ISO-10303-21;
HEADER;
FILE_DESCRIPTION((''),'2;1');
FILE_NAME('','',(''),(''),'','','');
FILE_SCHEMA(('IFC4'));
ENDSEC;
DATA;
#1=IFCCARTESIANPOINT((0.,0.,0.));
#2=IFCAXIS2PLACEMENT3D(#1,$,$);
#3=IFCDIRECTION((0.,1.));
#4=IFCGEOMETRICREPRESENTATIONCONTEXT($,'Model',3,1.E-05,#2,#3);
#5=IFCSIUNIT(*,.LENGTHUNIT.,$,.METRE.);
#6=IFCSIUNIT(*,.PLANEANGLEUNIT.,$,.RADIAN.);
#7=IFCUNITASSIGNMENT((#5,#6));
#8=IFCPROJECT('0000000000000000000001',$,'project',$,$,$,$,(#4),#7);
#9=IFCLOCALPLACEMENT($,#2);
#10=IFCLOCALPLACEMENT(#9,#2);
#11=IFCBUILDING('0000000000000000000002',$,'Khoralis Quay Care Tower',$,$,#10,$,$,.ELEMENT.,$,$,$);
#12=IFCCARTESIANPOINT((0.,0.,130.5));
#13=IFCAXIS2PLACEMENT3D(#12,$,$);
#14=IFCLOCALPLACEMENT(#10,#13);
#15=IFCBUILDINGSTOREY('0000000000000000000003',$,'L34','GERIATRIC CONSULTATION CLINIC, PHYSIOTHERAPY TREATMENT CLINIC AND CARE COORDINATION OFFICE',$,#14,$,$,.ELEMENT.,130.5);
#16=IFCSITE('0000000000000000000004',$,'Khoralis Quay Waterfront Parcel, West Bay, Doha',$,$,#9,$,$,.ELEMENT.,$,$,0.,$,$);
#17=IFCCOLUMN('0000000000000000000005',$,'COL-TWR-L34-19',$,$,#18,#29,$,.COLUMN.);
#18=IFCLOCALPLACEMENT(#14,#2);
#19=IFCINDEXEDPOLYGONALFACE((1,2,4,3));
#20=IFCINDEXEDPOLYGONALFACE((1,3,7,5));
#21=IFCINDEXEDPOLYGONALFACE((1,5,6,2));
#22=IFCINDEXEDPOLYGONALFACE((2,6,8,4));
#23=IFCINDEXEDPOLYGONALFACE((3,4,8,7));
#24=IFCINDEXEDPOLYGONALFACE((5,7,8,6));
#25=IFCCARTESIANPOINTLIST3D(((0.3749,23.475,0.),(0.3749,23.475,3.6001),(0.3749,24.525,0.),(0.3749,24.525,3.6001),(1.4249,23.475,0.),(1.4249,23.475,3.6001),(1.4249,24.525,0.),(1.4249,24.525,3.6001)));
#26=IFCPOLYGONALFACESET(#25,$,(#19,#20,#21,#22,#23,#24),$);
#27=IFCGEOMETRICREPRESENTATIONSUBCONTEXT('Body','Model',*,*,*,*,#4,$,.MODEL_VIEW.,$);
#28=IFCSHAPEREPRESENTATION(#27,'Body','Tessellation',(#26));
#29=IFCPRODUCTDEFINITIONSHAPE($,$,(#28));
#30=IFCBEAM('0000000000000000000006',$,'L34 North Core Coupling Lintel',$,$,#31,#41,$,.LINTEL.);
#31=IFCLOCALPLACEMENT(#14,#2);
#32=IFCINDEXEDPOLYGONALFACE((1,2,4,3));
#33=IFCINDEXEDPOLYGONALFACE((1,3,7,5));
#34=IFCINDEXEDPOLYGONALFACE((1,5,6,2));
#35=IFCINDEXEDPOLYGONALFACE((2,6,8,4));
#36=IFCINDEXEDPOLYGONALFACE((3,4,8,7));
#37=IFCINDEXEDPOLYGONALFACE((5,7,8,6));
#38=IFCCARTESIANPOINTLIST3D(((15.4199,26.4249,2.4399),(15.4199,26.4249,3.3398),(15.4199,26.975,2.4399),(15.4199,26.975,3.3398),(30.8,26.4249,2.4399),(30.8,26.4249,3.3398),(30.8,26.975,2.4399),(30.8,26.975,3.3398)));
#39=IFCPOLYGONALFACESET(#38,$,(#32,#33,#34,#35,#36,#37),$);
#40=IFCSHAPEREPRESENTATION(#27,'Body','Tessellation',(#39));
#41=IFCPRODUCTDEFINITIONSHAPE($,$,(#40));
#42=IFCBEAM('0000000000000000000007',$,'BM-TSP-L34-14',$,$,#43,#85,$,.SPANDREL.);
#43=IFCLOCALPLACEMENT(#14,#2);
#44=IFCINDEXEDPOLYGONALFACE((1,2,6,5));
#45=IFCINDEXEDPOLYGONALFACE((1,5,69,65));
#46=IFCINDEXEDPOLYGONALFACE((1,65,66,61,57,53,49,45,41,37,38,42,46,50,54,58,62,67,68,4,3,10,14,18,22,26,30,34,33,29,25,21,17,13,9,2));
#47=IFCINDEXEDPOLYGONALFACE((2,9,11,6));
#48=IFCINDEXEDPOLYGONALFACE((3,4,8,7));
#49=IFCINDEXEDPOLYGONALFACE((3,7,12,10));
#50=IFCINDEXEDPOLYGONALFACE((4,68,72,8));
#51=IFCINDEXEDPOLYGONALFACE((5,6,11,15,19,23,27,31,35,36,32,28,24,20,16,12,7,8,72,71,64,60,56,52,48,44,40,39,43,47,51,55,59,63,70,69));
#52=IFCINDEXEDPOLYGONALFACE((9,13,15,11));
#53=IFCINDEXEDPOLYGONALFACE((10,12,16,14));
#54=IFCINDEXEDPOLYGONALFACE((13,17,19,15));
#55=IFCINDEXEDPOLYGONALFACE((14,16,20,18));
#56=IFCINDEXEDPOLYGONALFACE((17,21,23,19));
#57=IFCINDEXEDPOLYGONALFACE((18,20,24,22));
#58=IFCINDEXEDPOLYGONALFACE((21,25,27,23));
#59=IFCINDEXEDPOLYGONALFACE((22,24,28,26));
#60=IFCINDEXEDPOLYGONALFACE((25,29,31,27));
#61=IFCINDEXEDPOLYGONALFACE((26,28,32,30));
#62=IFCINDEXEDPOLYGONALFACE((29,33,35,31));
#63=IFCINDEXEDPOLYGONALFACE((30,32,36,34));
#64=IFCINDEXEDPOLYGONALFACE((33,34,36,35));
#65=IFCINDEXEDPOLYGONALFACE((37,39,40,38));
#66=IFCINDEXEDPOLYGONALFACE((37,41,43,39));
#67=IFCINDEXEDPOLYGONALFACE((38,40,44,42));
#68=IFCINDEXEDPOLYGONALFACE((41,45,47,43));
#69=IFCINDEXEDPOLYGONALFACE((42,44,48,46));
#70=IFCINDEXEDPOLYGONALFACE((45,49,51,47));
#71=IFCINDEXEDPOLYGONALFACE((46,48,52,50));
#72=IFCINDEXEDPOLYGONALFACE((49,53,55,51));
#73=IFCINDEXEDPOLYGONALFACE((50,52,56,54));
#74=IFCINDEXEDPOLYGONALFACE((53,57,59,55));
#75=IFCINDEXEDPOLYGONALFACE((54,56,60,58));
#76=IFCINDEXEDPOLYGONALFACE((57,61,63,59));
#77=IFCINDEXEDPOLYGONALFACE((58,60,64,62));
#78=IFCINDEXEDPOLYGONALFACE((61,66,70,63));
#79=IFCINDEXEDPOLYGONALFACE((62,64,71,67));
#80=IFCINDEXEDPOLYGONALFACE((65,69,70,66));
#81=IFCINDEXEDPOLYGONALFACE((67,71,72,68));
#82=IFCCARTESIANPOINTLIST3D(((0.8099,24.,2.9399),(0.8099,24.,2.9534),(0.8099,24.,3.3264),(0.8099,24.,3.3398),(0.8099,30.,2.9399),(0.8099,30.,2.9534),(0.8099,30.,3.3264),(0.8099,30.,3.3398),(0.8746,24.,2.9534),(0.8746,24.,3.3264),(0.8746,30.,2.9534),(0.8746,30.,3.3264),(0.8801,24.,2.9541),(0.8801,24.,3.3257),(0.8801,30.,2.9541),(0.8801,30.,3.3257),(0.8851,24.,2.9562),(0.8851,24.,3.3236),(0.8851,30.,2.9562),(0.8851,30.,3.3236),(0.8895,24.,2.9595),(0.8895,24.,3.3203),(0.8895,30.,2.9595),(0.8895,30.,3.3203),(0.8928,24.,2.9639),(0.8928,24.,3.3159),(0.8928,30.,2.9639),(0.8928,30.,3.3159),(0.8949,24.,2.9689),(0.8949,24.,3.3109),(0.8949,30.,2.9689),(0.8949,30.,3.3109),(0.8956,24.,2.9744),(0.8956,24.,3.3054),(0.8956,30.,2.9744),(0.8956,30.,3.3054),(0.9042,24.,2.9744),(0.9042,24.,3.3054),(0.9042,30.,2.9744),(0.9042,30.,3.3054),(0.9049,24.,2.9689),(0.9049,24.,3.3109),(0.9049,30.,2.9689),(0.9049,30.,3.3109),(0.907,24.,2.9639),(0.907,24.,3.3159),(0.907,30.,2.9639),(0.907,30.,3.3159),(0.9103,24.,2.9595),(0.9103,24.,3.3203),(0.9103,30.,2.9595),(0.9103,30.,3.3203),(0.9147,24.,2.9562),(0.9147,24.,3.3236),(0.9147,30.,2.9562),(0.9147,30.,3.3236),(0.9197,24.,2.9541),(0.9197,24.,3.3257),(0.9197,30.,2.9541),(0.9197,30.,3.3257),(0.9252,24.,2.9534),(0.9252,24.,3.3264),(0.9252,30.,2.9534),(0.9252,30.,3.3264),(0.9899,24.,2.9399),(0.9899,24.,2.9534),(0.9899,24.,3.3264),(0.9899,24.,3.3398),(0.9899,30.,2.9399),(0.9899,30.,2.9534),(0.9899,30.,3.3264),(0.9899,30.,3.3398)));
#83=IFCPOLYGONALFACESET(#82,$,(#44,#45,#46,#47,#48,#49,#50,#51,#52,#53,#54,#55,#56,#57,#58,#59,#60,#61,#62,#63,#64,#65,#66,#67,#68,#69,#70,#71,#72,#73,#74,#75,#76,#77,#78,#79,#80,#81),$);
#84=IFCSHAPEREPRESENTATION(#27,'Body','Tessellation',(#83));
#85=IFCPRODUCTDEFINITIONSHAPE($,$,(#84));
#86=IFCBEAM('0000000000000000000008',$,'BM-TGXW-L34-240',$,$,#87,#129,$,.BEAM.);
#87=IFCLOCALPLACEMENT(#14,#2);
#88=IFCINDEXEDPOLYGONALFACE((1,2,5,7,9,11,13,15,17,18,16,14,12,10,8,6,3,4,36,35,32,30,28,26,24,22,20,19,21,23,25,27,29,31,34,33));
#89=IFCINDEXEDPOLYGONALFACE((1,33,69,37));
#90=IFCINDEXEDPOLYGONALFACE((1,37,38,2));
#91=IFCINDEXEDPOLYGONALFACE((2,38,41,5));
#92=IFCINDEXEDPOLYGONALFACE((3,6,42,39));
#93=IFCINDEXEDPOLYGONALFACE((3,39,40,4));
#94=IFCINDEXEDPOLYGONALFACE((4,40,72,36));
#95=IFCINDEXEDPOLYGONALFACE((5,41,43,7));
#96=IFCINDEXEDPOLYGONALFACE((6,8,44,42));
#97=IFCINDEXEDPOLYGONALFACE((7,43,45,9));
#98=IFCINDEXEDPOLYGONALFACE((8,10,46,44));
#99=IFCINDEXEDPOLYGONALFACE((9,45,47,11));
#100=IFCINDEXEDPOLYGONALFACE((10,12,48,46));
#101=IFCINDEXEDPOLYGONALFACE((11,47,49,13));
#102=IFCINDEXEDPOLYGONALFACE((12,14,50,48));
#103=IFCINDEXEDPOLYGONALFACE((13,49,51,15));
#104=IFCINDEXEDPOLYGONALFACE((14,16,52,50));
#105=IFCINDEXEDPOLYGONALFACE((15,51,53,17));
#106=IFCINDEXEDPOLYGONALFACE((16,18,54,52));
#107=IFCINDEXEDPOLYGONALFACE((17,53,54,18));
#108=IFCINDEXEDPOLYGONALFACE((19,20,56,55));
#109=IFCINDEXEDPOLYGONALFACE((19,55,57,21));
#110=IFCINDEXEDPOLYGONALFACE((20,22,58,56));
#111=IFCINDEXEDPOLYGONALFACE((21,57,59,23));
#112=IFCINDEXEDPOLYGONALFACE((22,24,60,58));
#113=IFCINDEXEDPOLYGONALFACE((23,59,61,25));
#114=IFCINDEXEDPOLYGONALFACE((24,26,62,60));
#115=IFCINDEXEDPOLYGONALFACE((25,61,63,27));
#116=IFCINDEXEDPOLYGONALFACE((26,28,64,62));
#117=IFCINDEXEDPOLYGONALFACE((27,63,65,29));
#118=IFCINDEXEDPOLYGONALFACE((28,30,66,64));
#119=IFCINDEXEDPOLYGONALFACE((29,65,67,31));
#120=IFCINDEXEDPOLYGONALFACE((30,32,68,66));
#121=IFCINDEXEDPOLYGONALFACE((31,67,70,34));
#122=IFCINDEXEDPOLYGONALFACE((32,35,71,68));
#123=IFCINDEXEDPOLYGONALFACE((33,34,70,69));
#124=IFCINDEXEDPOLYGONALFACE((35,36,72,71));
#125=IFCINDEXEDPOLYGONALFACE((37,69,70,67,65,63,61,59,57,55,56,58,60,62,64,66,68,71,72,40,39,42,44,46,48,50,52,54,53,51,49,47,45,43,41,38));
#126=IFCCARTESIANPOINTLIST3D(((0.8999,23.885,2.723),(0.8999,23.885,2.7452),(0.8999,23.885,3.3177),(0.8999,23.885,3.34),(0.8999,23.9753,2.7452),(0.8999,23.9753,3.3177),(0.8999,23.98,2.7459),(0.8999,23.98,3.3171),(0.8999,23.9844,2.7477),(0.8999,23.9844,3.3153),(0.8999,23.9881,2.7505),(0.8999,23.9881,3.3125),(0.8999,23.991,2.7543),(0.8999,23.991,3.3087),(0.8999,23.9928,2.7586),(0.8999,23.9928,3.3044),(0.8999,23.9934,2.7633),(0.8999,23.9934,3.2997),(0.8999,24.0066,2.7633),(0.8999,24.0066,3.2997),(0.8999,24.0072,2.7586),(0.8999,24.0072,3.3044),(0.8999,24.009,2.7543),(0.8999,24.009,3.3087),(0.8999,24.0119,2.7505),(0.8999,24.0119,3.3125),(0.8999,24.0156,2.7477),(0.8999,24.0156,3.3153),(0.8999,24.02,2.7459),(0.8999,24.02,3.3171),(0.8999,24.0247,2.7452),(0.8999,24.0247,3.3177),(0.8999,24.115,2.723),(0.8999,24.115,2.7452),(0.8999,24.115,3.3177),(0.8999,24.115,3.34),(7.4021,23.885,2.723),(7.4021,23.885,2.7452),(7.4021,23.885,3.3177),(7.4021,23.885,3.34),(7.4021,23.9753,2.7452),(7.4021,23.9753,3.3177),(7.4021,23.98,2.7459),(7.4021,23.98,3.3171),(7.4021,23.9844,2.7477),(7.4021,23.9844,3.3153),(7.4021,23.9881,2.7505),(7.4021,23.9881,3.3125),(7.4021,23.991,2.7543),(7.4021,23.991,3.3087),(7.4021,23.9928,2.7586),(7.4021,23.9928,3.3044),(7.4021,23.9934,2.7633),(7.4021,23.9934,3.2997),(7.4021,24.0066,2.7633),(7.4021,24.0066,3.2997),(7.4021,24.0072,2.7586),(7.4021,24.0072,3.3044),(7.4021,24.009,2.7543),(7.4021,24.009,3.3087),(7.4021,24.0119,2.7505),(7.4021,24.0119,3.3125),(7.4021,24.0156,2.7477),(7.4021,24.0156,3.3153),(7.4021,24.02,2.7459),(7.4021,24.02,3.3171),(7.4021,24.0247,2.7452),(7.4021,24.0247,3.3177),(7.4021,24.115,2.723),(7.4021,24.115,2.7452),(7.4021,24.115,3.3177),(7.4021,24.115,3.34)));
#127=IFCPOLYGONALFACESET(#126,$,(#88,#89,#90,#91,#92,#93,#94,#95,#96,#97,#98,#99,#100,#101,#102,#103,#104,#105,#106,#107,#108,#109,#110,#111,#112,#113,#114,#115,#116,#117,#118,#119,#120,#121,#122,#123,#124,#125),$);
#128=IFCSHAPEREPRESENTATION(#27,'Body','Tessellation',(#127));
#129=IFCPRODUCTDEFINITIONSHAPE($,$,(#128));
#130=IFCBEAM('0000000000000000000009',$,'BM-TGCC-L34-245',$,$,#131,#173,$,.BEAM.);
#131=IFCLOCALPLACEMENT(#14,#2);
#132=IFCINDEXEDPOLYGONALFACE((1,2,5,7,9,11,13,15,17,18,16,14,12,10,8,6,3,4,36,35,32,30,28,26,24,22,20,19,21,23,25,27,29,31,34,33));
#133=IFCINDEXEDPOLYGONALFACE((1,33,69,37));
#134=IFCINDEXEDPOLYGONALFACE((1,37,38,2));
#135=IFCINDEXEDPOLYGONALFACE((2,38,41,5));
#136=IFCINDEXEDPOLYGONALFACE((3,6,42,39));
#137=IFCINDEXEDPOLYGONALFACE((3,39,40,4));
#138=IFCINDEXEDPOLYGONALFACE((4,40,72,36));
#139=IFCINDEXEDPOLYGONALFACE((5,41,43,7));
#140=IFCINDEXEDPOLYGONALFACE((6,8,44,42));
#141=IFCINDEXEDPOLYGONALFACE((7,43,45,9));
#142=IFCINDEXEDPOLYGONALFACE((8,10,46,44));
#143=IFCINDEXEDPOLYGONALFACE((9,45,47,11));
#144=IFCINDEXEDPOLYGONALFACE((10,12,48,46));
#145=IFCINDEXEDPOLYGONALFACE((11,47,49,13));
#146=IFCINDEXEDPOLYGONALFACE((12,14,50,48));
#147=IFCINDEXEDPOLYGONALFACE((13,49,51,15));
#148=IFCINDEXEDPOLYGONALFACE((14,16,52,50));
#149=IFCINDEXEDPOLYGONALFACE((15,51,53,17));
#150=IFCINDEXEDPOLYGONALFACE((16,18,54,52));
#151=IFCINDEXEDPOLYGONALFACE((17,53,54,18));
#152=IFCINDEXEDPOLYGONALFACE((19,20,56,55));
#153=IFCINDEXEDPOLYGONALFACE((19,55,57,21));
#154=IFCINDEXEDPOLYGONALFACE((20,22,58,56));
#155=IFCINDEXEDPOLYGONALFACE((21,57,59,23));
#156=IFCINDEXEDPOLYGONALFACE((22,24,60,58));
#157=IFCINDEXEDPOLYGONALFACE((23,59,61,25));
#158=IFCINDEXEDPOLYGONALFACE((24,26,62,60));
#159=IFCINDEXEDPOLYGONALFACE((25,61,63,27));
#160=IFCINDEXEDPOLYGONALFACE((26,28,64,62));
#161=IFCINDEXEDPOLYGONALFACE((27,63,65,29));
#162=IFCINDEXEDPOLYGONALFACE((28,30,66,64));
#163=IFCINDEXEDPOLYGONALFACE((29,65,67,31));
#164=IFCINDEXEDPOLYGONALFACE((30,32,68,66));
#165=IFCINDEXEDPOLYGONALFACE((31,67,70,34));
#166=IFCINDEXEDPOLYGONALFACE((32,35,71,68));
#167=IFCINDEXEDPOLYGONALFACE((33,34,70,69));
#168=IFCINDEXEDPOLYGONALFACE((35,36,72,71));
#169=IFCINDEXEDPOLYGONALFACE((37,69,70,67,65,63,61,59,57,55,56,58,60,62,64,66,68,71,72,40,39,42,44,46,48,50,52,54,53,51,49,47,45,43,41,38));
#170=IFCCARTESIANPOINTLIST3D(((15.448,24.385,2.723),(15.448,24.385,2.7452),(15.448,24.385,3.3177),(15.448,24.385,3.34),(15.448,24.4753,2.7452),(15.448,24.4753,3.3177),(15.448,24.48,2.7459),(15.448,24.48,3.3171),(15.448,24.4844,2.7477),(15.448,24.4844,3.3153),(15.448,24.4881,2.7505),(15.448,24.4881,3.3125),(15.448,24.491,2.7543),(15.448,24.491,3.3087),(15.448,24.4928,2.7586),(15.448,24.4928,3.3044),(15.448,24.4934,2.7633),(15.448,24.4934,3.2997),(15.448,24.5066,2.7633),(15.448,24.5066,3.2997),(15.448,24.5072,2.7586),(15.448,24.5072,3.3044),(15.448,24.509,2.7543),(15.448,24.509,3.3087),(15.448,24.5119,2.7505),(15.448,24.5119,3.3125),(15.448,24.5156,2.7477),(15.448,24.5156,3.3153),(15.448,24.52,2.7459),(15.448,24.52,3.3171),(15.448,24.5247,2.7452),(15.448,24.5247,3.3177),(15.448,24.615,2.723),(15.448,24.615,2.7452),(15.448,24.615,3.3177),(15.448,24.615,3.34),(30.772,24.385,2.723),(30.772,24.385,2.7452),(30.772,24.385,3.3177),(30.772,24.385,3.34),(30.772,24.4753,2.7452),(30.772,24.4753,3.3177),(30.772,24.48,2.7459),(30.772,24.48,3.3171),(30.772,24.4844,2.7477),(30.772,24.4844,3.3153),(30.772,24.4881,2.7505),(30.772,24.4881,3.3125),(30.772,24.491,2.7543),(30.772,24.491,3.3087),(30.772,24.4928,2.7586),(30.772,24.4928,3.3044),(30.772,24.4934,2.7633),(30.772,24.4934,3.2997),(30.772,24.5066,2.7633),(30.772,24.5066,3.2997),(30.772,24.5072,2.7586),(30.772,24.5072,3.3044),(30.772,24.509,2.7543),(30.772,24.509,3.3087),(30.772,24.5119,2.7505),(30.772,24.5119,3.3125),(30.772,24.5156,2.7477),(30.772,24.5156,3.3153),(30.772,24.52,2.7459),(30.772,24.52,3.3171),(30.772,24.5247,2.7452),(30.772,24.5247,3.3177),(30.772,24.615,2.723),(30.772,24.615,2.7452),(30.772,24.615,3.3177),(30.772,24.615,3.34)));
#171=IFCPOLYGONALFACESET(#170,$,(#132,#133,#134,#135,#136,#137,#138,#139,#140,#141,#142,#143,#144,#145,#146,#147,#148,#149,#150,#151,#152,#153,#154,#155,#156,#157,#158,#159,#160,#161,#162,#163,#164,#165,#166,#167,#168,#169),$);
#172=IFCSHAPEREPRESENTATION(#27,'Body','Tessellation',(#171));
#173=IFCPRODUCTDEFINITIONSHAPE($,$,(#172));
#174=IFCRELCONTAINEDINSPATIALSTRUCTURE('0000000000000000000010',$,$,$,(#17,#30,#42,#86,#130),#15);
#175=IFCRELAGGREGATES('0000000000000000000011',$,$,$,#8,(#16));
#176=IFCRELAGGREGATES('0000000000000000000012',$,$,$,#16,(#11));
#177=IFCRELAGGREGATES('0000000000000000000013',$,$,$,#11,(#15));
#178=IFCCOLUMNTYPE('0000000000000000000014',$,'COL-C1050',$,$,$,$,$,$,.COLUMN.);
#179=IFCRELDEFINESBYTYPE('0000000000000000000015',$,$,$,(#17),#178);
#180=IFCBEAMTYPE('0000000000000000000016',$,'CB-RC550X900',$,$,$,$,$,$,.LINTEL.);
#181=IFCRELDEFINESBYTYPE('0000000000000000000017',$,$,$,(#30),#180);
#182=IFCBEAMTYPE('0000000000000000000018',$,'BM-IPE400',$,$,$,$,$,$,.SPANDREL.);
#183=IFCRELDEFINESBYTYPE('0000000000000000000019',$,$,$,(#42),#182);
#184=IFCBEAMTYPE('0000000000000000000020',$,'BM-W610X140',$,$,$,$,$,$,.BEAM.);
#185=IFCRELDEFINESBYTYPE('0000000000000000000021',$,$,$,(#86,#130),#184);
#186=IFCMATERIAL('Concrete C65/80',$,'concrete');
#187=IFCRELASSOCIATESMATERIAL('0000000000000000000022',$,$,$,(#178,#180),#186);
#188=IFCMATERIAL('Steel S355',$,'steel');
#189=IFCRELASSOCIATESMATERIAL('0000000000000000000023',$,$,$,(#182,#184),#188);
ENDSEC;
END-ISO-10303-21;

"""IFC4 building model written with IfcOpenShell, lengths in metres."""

from ifc_helpers import new_model, si_unit, direction, frame, origin, origin_2d, place, context, subcontext, project, spatial, rectangle, i_section, extrude, source, transform, mapped, material, material_profile, profile_set, type_object, element, save


model = new_model("IFC4")

# Units and contexts
model_context = context("Model", 3, precision=1e-05, world=origin(), true_north=direction((0.0, 1.0)))
body_context = subcontext(model_context, "Body", "Model", "MODEL_VIEW")
ifc_project = project(units=[si_unit("LENGTHUNIT", "METRE"), si_unit("PLANEANGLEUNIT", "RADIAN")], contexts=[model_context])

# Site, building, storey
site_placement = place(None, origin())
site = spatial("IfcSite", under=ifc_project, at=site_placement, Name="Khoralis Quay Waterfront Parcel, West Bay, Doha", CompositionType="ELEMENT", RefElevation=0.0)
building_placement = place(site_placement, origin())
building = spatial("IfcBuilding", under=site, at=building_placement, Name="Khoralis Quay Care Tower", CompositionType="ELEMENT")
storey_placement = place(building_placement, frame((0.0, 0.0, 130.5)))
storey = spatial("IfcBuildingStorey", under=building, at=storey_placement, Name="L34", Description="GERIATRIC CONSULTATION CLINIC, PHYSIOTHERAPY TREATMENT CLINIC AND CARE COORDINATION OFFICE", CompositionType="ELEMENT", Elevation=130.5)

# Column
ifc_material_1 = material(Name="Concrete C65/80", Category="concrete")
ifc_material_profile_1 = material_profile(ifc_material_1, rectangle(XDim=1.05, YDim=1.05, at=origin_2d()), Name="Concrete C65/80")
ifc_profile_set_1 = profile_set([ifc_material_profile_1], Name="Concrete C65/80")
column_type = type_object("IfcColumnType", Name="COL-C1050", PredefinedType="COLUMN", material=ifc_profile_set_1)
shared_shape_1 = source(origin(), body_context, "Body", "SweptSolid", [
    extrude(rectangle(XDim=1.05, YDim=1.05, at=origin_2d()), origin(), (0.0, 0.0, 1.0), 3.6001),
])
column_placement = place(storey_placement, frame((0.8999, 24.0, 0.0), z_axis=(0.0, 0.0, 1.0), x_axis=(1.0, 0.0, 0.0)))
element("IfcColumn", 1, at=column_placement, inside=storey, type_object=column_type, Name="COL-TWR-L34-19", PredefinedType="COLUMN", context=body_context, shape_type="MappedRepresentation", body=[
    mapped(shared_shape_1, transform((0.0, 0.0, 0.0), scale=1.0)),
])

# Beams
ifc_material_profile_2 = material_profile(ifc_material_1, rectangle(XDim=0.55, YDim=0.8999, at=origin_2d()), Name="Concrete C65/80")
ifc_profile_set_2 = profile_set([ifc_material_profile_2], Name="Concrete C65/80")
beam_type_1 = type_object("IfcBeamType", Name="CB-RC550X900", PredefinedType="LINTEL", material=ifc_profile_set_2)
shared_shape_2 = source(origin(), body_context, "Body", "SweptSolid", [
    extrude(rectangle(XDim=0.55, YDim=0.8999, at=origin_2d()), origin(), (0.0, 0.0, 1.0), 15.3801),
])
beam_1_placement = place(storey_placement, frame((15.4199, 26.7, 2.8899), z_axis=(1.0, 0.0, 0.0), x_axis=(0.0, 1.0, 0.0)))
element("IfcBeam", 2, at=beam_1_placement, inside=storey, type_object=beam_type_1, Name="L34 North Core Coupling Lintel", PredefinedType="LINTEL", context=body_context, shape_type="MappedRepresentation", body=[
    mapped(shared_shape_2, transform((0.0, 0.0, 0.0), scale=1.0)),
])
ifc_material_2 = material(Name="Steel S355", Category="steel")
ifc_material_profile_3 = material_profile(ifc_material_2, i_section(OverallWidth=0.1799, OverallDepth=0.3999, WebThickness=0.0085, FlangeThickness=0.0134, FilletRadius=0.021, at=origin_2d()), Name="Steel S355")
ifc_profile_set_3 = profile_set([ifc_material_profile_3], Name="Steel S355")
beam_type_2 = type_object("IfcBeamType", Name="BM-IPE400", PredefinedType="SPANDREL", material=ifc_profile_set_3)
shared_shape_3 = source(origin(), body_context, "Body", "SweptSolid", [
    extrude(i_section(OverallWidth=0.1799, OverallDepth=0.3999, WebThickness=0.0085, FlangeThickness=0.0134, FilletRadius=0.021, at=origin_2d()), origin(), (0.0, 0.0, 1.0), 6.0),
])
beam_2_placement = place(storey_placement, frame((0.8999, 24.0, 3.1399), z_axis=(0.0, 1.0, 0.0), x_axis=(-1.0, 0.0, 0.0)))
element("IfcBeam", 3, at=beam_2_placement, inside=storey, type_object=beam_type_2, Name="BM-TSP-L34-14", PredefinedType="SPANDREL", context=body_context, shape_type="MappedRepresentation", body=[
    mapped(shared_shape_3, transform((0.0, 0.0, 0.0), scale=1.0)),
])
ifc_material_profile_4 = material_profile(ifc_material_2, i_section(OverallWidth=0.23, OverallDepth=0.6169, WebThickness=0.0132, FlangeThickness=0.0222, FilletRadius=0.0181, at=origin_2d()), Name="Steel S355")
ifc_profile_set_4 = profile_set([ifc_material_profile_4], Name="Steel S355")
beam_type_3 = type_object("IfcBeamType", Name="BM-W610X140", PredefinedType="BEAM", material=ifc_profile_set_4)
shared_shape_4 = source(origin(), body_context, "Body", "SweptSolid", [
    extrude(i_section(OverallWidth=0.23, OverallDepth=0.6169, WebThickness=0.0132, FlangeThickness=0.0222, FilletRadius=0.0181, at=origin_2d()), origin(), (0.0, 0.0, 1.0), 6.5022),
])
beam_3_placement = place(storey_placement, frame((0.8999, 24.0, 3.0315), z_axis=(1.0, 0.0, 0.0), x_axis=(0.0, 1.0, 0.0)))
element("IfcBeam", 4, at=beam_3_placement, inside=storey, type_object=beam_type_3, Name="BM-TGXW-L34-240", PredefinedType="BEAM", context=body_context, shape_type="MappedRepresentation", body=[
    mapped(shared_shape_4, transform((0.0, 0.0, 0.0), scale=1.0)),
])
shared_shape_5 = source(origin(), body_context, "Body", "SweptSolid", [
    extrude(i_section(OverallWidth=0.23, OverallDepth=0.6169, WebThickness=0.0132, FlangeThickness=0.0222, FilletRadius=0.0181, at=origin_2d()), origin(), (0.0, 0.0, 1.0), 15.324),
])
beam_4_placement = place(storey_placement, frame((15.448, 24.5, 3.0315), z_axis=(1.0, 0.0, 0.0), x_axis=(0.0, 1.0, 0.0)))
element("IfcBeam", 5, at=beam_4_placement, inside=storey, type_object=beam_type_3, Name="BM-TGCC-L34-245", PredefinedType="BEAM", context=body_context, shape_type="MappedRepresentation", body=[
    mapped(shared_shape_5, transform((0.0, 0.0, 0.0), scale=1.0)),
])

save(model, "model.ifc")
